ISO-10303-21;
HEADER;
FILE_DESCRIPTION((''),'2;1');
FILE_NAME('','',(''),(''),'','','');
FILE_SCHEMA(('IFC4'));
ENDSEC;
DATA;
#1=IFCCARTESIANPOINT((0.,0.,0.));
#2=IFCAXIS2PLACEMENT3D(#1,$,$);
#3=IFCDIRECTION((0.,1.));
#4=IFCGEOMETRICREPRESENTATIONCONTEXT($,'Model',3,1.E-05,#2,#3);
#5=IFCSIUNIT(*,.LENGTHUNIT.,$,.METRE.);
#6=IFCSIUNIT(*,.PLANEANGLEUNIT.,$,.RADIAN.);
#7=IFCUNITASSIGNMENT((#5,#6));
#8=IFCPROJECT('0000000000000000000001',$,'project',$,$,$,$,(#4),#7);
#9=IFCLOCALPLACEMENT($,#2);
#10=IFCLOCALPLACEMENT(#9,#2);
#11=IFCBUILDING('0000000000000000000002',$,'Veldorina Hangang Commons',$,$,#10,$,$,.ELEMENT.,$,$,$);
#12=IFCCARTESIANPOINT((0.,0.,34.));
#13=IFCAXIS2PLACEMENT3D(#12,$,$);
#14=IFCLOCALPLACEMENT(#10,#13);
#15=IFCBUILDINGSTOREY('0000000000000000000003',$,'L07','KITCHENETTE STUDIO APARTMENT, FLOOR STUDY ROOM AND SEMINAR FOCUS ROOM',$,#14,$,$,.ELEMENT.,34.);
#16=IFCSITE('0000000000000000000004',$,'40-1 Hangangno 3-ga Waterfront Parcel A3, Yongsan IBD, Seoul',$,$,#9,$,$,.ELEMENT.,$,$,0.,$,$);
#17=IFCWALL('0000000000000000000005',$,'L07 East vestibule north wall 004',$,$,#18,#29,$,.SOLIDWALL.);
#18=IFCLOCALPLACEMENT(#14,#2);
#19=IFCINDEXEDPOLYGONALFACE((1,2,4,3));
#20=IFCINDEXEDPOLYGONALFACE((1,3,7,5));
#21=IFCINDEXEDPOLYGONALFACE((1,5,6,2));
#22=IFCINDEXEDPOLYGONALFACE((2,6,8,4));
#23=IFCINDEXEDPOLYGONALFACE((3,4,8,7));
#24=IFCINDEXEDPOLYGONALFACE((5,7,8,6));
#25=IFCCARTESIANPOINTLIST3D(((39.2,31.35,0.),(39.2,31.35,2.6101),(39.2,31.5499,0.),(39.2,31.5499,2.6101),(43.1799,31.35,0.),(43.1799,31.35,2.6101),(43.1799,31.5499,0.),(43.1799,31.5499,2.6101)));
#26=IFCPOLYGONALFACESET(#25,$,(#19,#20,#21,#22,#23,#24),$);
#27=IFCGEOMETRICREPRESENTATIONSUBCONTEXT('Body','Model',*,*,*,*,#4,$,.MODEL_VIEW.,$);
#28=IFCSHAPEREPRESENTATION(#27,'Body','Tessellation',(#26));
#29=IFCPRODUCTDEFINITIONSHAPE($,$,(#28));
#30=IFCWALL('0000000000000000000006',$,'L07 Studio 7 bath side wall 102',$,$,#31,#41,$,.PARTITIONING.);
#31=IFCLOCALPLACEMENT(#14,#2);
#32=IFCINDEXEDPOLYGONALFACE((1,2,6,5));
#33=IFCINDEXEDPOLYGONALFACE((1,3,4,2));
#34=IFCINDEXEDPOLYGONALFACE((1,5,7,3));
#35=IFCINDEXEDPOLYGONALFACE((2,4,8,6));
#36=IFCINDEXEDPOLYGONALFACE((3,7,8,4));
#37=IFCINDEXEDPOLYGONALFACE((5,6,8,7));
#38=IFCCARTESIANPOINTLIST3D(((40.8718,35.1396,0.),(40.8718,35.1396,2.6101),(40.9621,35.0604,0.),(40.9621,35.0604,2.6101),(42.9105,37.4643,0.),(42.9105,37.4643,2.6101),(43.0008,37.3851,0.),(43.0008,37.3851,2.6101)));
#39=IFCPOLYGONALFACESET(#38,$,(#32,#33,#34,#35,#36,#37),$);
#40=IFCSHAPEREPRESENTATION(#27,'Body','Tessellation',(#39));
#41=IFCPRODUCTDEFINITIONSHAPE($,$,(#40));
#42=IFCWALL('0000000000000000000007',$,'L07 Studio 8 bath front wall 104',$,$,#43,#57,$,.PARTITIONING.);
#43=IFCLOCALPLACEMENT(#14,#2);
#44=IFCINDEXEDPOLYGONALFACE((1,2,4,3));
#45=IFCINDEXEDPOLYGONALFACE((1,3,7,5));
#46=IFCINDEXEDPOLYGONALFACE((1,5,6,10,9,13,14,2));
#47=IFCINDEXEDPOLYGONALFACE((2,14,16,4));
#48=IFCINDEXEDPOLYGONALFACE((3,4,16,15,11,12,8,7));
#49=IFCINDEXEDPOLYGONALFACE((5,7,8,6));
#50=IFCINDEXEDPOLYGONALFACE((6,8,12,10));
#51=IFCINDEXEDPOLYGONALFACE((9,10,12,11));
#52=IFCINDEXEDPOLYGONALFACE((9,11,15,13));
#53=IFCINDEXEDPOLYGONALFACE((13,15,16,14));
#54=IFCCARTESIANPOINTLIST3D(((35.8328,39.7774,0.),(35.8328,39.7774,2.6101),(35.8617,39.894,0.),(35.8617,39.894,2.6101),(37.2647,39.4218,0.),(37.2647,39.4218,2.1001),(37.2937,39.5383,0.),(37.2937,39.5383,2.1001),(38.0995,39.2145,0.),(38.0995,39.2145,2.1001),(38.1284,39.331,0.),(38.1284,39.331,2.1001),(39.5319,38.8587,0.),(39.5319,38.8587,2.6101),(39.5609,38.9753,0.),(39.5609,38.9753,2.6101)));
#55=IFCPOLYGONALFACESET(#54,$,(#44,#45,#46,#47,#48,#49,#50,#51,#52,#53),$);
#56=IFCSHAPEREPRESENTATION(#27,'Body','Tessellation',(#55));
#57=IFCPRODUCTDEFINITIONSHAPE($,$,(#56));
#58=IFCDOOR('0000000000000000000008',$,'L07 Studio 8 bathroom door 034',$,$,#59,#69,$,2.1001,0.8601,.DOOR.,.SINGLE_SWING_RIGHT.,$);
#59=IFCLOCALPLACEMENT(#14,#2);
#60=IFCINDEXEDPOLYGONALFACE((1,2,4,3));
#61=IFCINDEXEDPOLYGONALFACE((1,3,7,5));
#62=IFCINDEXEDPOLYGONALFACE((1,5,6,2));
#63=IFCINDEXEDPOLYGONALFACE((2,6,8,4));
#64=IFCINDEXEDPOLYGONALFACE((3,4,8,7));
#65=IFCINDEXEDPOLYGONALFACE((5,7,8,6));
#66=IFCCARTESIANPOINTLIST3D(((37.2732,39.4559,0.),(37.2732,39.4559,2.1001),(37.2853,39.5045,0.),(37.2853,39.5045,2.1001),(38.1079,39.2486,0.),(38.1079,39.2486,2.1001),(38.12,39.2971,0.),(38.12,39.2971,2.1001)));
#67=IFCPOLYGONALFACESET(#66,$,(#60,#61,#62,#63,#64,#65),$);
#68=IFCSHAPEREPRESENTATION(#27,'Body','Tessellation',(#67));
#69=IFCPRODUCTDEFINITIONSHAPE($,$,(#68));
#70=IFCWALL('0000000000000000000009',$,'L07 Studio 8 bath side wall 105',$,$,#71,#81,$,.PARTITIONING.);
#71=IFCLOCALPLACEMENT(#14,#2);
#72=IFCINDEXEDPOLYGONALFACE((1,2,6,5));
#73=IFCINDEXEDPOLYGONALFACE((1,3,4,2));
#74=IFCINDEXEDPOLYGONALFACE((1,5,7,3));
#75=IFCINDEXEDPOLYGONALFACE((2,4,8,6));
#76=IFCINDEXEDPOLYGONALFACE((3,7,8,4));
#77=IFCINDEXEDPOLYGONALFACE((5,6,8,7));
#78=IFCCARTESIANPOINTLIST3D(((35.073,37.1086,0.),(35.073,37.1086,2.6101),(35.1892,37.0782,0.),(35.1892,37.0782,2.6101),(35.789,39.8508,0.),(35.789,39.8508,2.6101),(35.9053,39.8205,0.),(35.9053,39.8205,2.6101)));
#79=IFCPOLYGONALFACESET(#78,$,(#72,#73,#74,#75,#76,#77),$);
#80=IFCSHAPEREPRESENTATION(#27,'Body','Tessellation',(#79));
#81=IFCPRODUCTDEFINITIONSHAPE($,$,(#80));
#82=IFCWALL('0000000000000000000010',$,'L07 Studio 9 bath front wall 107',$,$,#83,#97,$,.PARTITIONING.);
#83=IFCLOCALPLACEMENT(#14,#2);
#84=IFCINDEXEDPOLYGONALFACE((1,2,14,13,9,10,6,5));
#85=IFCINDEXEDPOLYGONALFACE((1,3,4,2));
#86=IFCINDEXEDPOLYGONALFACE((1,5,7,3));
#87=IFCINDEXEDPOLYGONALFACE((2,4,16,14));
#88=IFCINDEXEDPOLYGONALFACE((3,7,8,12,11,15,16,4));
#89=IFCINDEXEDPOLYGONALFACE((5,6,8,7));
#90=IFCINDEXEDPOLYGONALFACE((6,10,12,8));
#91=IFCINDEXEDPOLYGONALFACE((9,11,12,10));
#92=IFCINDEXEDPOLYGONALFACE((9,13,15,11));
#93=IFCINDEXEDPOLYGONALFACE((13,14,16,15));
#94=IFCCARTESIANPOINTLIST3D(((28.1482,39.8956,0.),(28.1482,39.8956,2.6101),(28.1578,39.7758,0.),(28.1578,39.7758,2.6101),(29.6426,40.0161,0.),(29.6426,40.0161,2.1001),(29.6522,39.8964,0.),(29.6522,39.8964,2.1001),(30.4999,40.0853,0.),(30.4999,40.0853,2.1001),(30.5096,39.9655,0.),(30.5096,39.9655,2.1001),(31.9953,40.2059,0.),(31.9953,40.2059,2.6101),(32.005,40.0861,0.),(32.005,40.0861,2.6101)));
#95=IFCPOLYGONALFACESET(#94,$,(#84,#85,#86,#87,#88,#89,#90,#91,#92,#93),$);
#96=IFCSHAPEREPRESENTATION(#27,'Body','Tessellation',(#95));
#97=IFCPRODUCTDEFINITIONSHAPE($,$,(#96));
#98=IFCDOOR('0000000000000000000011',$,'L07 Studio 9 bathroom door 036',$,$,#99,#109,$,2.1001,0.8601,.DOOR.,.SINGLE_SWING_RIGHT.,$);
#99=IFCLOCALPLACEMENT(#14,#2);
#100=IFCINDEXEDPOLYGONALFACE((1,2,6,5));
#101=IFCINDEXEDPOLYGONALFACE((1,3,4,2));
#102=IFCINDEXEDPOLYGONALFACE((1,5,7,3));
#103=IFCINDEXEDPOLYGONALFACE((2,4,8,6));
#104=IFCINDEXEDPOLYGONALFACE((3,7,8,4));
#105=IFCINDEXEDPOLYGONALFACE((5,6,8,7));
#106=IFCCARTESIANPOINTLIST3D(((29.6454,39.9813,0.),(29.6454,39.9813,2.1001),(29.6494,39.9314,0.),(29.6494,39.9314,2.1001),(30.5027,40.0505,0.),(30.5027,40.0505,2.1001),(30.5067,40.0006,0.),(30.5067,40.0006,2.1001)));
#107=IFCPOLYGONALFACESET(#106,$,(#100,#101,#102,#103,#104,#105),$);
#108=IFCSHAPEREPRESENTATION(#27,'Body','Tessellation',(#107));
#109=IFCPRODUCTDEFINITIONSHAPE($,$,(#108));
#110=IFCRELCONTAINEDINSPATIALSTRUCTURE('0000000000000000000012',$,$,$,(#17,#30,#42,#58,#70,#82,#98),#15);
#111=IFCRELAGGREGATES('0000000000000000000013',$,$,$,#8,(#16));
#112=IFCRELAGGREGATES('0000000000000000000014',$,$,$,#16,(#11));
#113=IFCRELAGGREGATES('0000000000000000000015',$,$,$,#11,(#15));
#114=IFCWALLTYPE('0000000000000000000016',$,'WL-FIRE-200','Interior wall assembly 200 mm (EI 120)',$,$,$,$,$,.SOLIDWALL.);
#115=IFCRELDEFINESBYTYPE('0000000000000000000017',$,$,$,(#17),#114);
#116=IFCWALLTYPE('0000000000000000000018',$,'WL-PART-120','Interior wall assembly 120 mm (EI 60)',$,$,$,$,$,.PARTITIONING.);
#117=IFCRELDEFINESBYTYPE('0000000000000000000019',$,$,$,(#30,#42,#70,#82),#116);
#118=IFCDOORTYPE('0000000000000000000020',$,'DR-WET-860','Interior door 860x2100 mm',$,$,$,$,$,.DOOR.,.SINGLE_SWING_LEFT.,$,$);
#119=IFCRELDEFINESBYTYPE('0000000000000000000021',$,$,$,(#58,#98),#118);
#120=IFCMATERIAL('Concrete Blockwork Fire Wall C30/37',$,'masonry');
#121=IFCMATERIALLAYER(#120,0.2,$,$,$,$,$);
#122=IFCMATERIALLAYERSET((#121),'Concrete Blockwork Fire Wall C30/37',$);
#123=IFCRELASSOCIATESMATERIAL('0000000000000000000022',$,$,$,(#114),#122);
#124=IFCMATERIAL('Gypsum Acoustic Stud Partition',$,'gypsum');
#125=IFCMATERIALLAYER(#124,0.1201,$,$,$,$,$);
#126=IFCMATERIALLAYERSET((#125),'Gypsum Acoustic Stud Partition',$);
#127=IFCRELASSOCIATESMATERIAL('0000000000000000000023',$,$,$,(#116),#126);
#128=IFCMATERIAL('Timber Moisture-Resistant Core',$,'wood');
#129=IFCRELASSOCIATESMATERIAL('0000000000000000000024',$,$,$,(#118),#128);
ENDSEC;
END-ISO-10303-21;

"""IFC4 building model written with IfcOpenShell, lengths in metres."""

from ifc_helpers import new_model, si_unit, direction, frame, frame_2d, origin, place, context, subcontext, project, spatial, rectangle, extrude, material, layer, layer_set, type_object, element, fill, save


model = new_model("IFC4")

# Units and contexts
model_context = context("Model", 3, precision=1e-05, world=origin(), true_north=direction((0.0, 1.0)))
body_context = subcontext(model_context, "Body", "Model", "MODEL_VIEW")
ifc_project = project(units=[si_unit("LENGTHUNIT", "METRE"), si_unit("PLANEANGLEUNIT", "RADIAN")], contexts=[model_context])

# Site, building, storey
site_placement = place(None, origin())
site = spatial("IfcSite", under=ifc_project, at=site_placement, Name="40-1 Hangangno 3-ga Waterfront Parcel A3, Yongsan IBD, Seoul", CompositionType="ELEMENT", RefElevation=0.0)
building_placement = place(site_placement, origin())
building = spatial("IfcBuilding", under=site, at=building_placement, Name="Veldorina Hangang Commons", CompositionType="ELEMENT")
storey_placement = place(building_placement, frame((0.0, 0.0, 34.0)))
storey = spatial("IfcBuildingStorey", under=building, at=storey_placement, Name="L07", Description="KITCHENETTE STUDIO APARTMENT, FLOOR STUDY ROOM AND SEMINAR FOCUS ROOM", CompositionType="ELEMENT", Elevation=34.0)

# Walls
ifc_material_1 = material(Name="Concrete Blockwork Fire Wall C30/37", Category="masonry")
ifc_layer_1 = layer(ifc_material_1, 0.2)
ifc_layer_set_1 = layer_set([ifc_layer_1], Name="Concrete Blockwork Fire Wall C30/37")
wall_type_1 = type_object("IfcWallType", Name="WL-FIRE-200", Description="Interior wall assembly 200 mm (EI 120)", PredefinedType="SOLIDWALL", material=ifc_layer_set_1)
wall_1_placement = place(storey_placement, frame((39.2, 31.45, 0.0), z_axis=(0.0, 0.0, 1.0), x_axis=(1.0, 0.0, 0.0)))
element("IfcWall", 1, at=wall_1_placement, inside=storey, type_object=wall_type_1, Name="L07 East vestibule north wall 004", PredefinedType="SOLIDWALL", context=body_context, shape_type="SweptSolid", body=[
    extrude(rectangle(XDim=3.98, YDim=0.2, at=frame_2d((1.99, 0.0))), origin(), (0.0, 0.0, 1.0), 2.6101),
])
ifc_material_2 = material(Name="Gypsum Acoustic Stud Partition", Category="gypsum")
ifc_layer_2 = layer(ifc_material_2, 0.1201)
ifc_layer_set_2 = layer_set([ifc_layer_2], Name="Gypsum Acoustic Stud Partition")
wall_type_2 = type_object("IfcWallType", Name="WL-PART-120", Description="Interior wall assembly 120 mm (EI 60)", PredefinedType="PARTITIONING", material=ifc_layer_set_2)
wall_2_placement = place(storey_placement, frame((40.917, 35.1001, 0.0), z_axis=(0.0, 0.0, 1.0), x_axis=(0.659365, 0.751823, 0.0)))
element("IfcWall", 2, at=wall_2_placement, inside=storey, type_object=wall_type_2, Name="L07 Studio 7 bath side wall 102", PredefinedType="PARTITIONING", context=body_context, shape_type="SweptSolid", body=[
    extrude(rectangle(XDim=3.092, YDim=0.1201, at=frame_2d((1.5459, 0.0))), origin(), (0.0, 0.0, 1.0), 2.6101),
])

# Wall, opening, door
wall_3_placement = place(storey_placement, frame((39.5464, 38.917, 0.0), z_axis=(0.0, 0.0, 1.0), x_axis=(-0.970518, 0.241028, 0.0)))
wall_3 = element("IfcWall", 3, at=wall_3_placement, inside=storey, type_object=wall_type_2, Name="L07 Studio 8 bath front wall 104", PredefinedType="PARTITIONING", context=body_context, shape_type="SweptSolid", body=[
    extrude(rectangle(XDim=3.8115, YDim=0.1201, at=frame_2d((1.9058, 0.0))), origin(), (0.0, 0.0, 1.0), 2.6101),
])
opening_1_placement = place(wall_3_placement, frame((1.4758, 0.0, 0.0)))
opening_1 = element("IfcOpeningElement", 4, at=opening_1_placement, cuts=wall_3, PredefinedType="OPENING", context=body_context, shape_type="SweptSolid", body=[
    extrude(rectangle(XDim=0.8601, YDim=2.1001, at=frame_2d((0.4302, 1.05))), frame((0.0, 0.0701, 0.0), z_axis=(0.0, -1.0, 0.0), x_axis=(1.0, 0.0, 0.0)), (0.0, 0.0, 1.0), 0.1401),
])
ifc_material_3 = material(Name="Timber Moisture-Resistant Core", Category="wood")
door_type_1 = type_object("IfcDoorType", Name="DR-WET-860", Description="Interior door 860x2100 mm", OperationType="SINGLE_SWING_LEFT", PredefinedType="DOOR", material=ifc_material_3)
door_1_placement = place(opening_1_placement, origin())
door_1 = element("IfcDoor", 5, at=door_1_placement, inside=storey, type_object=door_type_1, Name="L07 Studio 8 bathroom door 034", OperationType="SINGLE_SWING_RIGHT", OverallHeight=2.1001, OverallWidth=0.8601, PredefinedType="DOOR", context=body_context, shape_type="SweptSolid", body=[
    extrude(rectangle(XDim=0.8601, YDim=2.1001, at=frame_2d((0.4302, 1.05))), frame((0.0, 0.0249, 0.0), z_axis=(0.0, -1.0, 0.0), x_axis=(1.0, 0.0, 0.0)), (0.0, 0.0, 1.0), 0.05),
])
fill(opening_1, door_1)

# Wall
wall_4_placement = place(storey_placement, frame((35.1311, 37.0935, 0.0), z_axis=(0.0, 0.0, 1.0), x_axis=(0.252657, 0.967556, 0.0)))
element("IfcWall", 6, at=wall_4_placement, inside=storey, type_object=wall_type_2, Name="L07 Studio 8 bath side wall 105", PredefinedType="PARTITIONING", context=body_context, shape_type="SweptSolid", body=[
    extrude(rectangle(XDim=2.8342, YDim=0.1201, at=frame_2d((1.417, 0.0))), origin(), (0.0, 0.0, 1.0), 2.6101),
])

# Wall, opening, door
wall_5_placement = place(storey_placement, frame((32.0, 40.146, 0.0), z_axis=(0.0, 0.0, 1.0), x_axis=(-0.996763, -0.080396, 0.0)))
wall_5 = element("IfcWall", 7, at=wall_5_placement, inside=storey, type_object=wall_type_2, Name="L07 Studio 9 bath front wall 107", PredefinedType="PARTITIONING", context=body_context, shape_type="SweptSolid", body=[
    extrude(rectangle(XDim=3.8596, YDim=0.1201, at=frame_2d((1.9297, 0.0))), origin(), (0.0, 0.0, 1.0), 2.6101),
])
opening_2_placement = place(wall_5_placement, frame((1.5, 0.0, 0.0)))
opening_2 = element("IfcOpeningElement", 8, at=opening_2_placement, cuts=wall_5, PredefinedType="OPENING", context=body_context, shape_type="SweptSolid", body=[
    extrude(rectangle(XDim=0.8601, YDim=2.1001, at=frame_2d((0.4302, 1.05))), frame((0.0, 0.0701, 0.0), z_axis=(0.0, -1.0, 0.0), x_axis=(1.0, 0.0, 0.0)), (0.0, 0.0, 1.0), 0.1401),
])
door_2_placement = place(opening_2_placement, origin())
door_2 = element("IfcDoor", 9, at=door_2_placement, inside=storey, type_object=door_type_1, Name="L07 Studio 9 bathroom door 036", OperationType="SINGLE_SWING_RIGHT", OverallHeight=2.1001, OverallWidth=0.8601, PredefinedType="DOOR", context=body_context, shape_type="SweptSolid", body=[
    extrude(rectangle(XDim=0.8601, YDim=2.1001, at=frame_2d((0.4302, 1.05))), frame((0.0, 0.0249, 0.0), z_axis=(0.0, -1.0, 0.0), x_axis=(1.0, 0.0, 0.0)), (0.0, 0.0, 1.0), 0.05),
])
fill(opening_2, door_2)

save(model, "model.ifc")
